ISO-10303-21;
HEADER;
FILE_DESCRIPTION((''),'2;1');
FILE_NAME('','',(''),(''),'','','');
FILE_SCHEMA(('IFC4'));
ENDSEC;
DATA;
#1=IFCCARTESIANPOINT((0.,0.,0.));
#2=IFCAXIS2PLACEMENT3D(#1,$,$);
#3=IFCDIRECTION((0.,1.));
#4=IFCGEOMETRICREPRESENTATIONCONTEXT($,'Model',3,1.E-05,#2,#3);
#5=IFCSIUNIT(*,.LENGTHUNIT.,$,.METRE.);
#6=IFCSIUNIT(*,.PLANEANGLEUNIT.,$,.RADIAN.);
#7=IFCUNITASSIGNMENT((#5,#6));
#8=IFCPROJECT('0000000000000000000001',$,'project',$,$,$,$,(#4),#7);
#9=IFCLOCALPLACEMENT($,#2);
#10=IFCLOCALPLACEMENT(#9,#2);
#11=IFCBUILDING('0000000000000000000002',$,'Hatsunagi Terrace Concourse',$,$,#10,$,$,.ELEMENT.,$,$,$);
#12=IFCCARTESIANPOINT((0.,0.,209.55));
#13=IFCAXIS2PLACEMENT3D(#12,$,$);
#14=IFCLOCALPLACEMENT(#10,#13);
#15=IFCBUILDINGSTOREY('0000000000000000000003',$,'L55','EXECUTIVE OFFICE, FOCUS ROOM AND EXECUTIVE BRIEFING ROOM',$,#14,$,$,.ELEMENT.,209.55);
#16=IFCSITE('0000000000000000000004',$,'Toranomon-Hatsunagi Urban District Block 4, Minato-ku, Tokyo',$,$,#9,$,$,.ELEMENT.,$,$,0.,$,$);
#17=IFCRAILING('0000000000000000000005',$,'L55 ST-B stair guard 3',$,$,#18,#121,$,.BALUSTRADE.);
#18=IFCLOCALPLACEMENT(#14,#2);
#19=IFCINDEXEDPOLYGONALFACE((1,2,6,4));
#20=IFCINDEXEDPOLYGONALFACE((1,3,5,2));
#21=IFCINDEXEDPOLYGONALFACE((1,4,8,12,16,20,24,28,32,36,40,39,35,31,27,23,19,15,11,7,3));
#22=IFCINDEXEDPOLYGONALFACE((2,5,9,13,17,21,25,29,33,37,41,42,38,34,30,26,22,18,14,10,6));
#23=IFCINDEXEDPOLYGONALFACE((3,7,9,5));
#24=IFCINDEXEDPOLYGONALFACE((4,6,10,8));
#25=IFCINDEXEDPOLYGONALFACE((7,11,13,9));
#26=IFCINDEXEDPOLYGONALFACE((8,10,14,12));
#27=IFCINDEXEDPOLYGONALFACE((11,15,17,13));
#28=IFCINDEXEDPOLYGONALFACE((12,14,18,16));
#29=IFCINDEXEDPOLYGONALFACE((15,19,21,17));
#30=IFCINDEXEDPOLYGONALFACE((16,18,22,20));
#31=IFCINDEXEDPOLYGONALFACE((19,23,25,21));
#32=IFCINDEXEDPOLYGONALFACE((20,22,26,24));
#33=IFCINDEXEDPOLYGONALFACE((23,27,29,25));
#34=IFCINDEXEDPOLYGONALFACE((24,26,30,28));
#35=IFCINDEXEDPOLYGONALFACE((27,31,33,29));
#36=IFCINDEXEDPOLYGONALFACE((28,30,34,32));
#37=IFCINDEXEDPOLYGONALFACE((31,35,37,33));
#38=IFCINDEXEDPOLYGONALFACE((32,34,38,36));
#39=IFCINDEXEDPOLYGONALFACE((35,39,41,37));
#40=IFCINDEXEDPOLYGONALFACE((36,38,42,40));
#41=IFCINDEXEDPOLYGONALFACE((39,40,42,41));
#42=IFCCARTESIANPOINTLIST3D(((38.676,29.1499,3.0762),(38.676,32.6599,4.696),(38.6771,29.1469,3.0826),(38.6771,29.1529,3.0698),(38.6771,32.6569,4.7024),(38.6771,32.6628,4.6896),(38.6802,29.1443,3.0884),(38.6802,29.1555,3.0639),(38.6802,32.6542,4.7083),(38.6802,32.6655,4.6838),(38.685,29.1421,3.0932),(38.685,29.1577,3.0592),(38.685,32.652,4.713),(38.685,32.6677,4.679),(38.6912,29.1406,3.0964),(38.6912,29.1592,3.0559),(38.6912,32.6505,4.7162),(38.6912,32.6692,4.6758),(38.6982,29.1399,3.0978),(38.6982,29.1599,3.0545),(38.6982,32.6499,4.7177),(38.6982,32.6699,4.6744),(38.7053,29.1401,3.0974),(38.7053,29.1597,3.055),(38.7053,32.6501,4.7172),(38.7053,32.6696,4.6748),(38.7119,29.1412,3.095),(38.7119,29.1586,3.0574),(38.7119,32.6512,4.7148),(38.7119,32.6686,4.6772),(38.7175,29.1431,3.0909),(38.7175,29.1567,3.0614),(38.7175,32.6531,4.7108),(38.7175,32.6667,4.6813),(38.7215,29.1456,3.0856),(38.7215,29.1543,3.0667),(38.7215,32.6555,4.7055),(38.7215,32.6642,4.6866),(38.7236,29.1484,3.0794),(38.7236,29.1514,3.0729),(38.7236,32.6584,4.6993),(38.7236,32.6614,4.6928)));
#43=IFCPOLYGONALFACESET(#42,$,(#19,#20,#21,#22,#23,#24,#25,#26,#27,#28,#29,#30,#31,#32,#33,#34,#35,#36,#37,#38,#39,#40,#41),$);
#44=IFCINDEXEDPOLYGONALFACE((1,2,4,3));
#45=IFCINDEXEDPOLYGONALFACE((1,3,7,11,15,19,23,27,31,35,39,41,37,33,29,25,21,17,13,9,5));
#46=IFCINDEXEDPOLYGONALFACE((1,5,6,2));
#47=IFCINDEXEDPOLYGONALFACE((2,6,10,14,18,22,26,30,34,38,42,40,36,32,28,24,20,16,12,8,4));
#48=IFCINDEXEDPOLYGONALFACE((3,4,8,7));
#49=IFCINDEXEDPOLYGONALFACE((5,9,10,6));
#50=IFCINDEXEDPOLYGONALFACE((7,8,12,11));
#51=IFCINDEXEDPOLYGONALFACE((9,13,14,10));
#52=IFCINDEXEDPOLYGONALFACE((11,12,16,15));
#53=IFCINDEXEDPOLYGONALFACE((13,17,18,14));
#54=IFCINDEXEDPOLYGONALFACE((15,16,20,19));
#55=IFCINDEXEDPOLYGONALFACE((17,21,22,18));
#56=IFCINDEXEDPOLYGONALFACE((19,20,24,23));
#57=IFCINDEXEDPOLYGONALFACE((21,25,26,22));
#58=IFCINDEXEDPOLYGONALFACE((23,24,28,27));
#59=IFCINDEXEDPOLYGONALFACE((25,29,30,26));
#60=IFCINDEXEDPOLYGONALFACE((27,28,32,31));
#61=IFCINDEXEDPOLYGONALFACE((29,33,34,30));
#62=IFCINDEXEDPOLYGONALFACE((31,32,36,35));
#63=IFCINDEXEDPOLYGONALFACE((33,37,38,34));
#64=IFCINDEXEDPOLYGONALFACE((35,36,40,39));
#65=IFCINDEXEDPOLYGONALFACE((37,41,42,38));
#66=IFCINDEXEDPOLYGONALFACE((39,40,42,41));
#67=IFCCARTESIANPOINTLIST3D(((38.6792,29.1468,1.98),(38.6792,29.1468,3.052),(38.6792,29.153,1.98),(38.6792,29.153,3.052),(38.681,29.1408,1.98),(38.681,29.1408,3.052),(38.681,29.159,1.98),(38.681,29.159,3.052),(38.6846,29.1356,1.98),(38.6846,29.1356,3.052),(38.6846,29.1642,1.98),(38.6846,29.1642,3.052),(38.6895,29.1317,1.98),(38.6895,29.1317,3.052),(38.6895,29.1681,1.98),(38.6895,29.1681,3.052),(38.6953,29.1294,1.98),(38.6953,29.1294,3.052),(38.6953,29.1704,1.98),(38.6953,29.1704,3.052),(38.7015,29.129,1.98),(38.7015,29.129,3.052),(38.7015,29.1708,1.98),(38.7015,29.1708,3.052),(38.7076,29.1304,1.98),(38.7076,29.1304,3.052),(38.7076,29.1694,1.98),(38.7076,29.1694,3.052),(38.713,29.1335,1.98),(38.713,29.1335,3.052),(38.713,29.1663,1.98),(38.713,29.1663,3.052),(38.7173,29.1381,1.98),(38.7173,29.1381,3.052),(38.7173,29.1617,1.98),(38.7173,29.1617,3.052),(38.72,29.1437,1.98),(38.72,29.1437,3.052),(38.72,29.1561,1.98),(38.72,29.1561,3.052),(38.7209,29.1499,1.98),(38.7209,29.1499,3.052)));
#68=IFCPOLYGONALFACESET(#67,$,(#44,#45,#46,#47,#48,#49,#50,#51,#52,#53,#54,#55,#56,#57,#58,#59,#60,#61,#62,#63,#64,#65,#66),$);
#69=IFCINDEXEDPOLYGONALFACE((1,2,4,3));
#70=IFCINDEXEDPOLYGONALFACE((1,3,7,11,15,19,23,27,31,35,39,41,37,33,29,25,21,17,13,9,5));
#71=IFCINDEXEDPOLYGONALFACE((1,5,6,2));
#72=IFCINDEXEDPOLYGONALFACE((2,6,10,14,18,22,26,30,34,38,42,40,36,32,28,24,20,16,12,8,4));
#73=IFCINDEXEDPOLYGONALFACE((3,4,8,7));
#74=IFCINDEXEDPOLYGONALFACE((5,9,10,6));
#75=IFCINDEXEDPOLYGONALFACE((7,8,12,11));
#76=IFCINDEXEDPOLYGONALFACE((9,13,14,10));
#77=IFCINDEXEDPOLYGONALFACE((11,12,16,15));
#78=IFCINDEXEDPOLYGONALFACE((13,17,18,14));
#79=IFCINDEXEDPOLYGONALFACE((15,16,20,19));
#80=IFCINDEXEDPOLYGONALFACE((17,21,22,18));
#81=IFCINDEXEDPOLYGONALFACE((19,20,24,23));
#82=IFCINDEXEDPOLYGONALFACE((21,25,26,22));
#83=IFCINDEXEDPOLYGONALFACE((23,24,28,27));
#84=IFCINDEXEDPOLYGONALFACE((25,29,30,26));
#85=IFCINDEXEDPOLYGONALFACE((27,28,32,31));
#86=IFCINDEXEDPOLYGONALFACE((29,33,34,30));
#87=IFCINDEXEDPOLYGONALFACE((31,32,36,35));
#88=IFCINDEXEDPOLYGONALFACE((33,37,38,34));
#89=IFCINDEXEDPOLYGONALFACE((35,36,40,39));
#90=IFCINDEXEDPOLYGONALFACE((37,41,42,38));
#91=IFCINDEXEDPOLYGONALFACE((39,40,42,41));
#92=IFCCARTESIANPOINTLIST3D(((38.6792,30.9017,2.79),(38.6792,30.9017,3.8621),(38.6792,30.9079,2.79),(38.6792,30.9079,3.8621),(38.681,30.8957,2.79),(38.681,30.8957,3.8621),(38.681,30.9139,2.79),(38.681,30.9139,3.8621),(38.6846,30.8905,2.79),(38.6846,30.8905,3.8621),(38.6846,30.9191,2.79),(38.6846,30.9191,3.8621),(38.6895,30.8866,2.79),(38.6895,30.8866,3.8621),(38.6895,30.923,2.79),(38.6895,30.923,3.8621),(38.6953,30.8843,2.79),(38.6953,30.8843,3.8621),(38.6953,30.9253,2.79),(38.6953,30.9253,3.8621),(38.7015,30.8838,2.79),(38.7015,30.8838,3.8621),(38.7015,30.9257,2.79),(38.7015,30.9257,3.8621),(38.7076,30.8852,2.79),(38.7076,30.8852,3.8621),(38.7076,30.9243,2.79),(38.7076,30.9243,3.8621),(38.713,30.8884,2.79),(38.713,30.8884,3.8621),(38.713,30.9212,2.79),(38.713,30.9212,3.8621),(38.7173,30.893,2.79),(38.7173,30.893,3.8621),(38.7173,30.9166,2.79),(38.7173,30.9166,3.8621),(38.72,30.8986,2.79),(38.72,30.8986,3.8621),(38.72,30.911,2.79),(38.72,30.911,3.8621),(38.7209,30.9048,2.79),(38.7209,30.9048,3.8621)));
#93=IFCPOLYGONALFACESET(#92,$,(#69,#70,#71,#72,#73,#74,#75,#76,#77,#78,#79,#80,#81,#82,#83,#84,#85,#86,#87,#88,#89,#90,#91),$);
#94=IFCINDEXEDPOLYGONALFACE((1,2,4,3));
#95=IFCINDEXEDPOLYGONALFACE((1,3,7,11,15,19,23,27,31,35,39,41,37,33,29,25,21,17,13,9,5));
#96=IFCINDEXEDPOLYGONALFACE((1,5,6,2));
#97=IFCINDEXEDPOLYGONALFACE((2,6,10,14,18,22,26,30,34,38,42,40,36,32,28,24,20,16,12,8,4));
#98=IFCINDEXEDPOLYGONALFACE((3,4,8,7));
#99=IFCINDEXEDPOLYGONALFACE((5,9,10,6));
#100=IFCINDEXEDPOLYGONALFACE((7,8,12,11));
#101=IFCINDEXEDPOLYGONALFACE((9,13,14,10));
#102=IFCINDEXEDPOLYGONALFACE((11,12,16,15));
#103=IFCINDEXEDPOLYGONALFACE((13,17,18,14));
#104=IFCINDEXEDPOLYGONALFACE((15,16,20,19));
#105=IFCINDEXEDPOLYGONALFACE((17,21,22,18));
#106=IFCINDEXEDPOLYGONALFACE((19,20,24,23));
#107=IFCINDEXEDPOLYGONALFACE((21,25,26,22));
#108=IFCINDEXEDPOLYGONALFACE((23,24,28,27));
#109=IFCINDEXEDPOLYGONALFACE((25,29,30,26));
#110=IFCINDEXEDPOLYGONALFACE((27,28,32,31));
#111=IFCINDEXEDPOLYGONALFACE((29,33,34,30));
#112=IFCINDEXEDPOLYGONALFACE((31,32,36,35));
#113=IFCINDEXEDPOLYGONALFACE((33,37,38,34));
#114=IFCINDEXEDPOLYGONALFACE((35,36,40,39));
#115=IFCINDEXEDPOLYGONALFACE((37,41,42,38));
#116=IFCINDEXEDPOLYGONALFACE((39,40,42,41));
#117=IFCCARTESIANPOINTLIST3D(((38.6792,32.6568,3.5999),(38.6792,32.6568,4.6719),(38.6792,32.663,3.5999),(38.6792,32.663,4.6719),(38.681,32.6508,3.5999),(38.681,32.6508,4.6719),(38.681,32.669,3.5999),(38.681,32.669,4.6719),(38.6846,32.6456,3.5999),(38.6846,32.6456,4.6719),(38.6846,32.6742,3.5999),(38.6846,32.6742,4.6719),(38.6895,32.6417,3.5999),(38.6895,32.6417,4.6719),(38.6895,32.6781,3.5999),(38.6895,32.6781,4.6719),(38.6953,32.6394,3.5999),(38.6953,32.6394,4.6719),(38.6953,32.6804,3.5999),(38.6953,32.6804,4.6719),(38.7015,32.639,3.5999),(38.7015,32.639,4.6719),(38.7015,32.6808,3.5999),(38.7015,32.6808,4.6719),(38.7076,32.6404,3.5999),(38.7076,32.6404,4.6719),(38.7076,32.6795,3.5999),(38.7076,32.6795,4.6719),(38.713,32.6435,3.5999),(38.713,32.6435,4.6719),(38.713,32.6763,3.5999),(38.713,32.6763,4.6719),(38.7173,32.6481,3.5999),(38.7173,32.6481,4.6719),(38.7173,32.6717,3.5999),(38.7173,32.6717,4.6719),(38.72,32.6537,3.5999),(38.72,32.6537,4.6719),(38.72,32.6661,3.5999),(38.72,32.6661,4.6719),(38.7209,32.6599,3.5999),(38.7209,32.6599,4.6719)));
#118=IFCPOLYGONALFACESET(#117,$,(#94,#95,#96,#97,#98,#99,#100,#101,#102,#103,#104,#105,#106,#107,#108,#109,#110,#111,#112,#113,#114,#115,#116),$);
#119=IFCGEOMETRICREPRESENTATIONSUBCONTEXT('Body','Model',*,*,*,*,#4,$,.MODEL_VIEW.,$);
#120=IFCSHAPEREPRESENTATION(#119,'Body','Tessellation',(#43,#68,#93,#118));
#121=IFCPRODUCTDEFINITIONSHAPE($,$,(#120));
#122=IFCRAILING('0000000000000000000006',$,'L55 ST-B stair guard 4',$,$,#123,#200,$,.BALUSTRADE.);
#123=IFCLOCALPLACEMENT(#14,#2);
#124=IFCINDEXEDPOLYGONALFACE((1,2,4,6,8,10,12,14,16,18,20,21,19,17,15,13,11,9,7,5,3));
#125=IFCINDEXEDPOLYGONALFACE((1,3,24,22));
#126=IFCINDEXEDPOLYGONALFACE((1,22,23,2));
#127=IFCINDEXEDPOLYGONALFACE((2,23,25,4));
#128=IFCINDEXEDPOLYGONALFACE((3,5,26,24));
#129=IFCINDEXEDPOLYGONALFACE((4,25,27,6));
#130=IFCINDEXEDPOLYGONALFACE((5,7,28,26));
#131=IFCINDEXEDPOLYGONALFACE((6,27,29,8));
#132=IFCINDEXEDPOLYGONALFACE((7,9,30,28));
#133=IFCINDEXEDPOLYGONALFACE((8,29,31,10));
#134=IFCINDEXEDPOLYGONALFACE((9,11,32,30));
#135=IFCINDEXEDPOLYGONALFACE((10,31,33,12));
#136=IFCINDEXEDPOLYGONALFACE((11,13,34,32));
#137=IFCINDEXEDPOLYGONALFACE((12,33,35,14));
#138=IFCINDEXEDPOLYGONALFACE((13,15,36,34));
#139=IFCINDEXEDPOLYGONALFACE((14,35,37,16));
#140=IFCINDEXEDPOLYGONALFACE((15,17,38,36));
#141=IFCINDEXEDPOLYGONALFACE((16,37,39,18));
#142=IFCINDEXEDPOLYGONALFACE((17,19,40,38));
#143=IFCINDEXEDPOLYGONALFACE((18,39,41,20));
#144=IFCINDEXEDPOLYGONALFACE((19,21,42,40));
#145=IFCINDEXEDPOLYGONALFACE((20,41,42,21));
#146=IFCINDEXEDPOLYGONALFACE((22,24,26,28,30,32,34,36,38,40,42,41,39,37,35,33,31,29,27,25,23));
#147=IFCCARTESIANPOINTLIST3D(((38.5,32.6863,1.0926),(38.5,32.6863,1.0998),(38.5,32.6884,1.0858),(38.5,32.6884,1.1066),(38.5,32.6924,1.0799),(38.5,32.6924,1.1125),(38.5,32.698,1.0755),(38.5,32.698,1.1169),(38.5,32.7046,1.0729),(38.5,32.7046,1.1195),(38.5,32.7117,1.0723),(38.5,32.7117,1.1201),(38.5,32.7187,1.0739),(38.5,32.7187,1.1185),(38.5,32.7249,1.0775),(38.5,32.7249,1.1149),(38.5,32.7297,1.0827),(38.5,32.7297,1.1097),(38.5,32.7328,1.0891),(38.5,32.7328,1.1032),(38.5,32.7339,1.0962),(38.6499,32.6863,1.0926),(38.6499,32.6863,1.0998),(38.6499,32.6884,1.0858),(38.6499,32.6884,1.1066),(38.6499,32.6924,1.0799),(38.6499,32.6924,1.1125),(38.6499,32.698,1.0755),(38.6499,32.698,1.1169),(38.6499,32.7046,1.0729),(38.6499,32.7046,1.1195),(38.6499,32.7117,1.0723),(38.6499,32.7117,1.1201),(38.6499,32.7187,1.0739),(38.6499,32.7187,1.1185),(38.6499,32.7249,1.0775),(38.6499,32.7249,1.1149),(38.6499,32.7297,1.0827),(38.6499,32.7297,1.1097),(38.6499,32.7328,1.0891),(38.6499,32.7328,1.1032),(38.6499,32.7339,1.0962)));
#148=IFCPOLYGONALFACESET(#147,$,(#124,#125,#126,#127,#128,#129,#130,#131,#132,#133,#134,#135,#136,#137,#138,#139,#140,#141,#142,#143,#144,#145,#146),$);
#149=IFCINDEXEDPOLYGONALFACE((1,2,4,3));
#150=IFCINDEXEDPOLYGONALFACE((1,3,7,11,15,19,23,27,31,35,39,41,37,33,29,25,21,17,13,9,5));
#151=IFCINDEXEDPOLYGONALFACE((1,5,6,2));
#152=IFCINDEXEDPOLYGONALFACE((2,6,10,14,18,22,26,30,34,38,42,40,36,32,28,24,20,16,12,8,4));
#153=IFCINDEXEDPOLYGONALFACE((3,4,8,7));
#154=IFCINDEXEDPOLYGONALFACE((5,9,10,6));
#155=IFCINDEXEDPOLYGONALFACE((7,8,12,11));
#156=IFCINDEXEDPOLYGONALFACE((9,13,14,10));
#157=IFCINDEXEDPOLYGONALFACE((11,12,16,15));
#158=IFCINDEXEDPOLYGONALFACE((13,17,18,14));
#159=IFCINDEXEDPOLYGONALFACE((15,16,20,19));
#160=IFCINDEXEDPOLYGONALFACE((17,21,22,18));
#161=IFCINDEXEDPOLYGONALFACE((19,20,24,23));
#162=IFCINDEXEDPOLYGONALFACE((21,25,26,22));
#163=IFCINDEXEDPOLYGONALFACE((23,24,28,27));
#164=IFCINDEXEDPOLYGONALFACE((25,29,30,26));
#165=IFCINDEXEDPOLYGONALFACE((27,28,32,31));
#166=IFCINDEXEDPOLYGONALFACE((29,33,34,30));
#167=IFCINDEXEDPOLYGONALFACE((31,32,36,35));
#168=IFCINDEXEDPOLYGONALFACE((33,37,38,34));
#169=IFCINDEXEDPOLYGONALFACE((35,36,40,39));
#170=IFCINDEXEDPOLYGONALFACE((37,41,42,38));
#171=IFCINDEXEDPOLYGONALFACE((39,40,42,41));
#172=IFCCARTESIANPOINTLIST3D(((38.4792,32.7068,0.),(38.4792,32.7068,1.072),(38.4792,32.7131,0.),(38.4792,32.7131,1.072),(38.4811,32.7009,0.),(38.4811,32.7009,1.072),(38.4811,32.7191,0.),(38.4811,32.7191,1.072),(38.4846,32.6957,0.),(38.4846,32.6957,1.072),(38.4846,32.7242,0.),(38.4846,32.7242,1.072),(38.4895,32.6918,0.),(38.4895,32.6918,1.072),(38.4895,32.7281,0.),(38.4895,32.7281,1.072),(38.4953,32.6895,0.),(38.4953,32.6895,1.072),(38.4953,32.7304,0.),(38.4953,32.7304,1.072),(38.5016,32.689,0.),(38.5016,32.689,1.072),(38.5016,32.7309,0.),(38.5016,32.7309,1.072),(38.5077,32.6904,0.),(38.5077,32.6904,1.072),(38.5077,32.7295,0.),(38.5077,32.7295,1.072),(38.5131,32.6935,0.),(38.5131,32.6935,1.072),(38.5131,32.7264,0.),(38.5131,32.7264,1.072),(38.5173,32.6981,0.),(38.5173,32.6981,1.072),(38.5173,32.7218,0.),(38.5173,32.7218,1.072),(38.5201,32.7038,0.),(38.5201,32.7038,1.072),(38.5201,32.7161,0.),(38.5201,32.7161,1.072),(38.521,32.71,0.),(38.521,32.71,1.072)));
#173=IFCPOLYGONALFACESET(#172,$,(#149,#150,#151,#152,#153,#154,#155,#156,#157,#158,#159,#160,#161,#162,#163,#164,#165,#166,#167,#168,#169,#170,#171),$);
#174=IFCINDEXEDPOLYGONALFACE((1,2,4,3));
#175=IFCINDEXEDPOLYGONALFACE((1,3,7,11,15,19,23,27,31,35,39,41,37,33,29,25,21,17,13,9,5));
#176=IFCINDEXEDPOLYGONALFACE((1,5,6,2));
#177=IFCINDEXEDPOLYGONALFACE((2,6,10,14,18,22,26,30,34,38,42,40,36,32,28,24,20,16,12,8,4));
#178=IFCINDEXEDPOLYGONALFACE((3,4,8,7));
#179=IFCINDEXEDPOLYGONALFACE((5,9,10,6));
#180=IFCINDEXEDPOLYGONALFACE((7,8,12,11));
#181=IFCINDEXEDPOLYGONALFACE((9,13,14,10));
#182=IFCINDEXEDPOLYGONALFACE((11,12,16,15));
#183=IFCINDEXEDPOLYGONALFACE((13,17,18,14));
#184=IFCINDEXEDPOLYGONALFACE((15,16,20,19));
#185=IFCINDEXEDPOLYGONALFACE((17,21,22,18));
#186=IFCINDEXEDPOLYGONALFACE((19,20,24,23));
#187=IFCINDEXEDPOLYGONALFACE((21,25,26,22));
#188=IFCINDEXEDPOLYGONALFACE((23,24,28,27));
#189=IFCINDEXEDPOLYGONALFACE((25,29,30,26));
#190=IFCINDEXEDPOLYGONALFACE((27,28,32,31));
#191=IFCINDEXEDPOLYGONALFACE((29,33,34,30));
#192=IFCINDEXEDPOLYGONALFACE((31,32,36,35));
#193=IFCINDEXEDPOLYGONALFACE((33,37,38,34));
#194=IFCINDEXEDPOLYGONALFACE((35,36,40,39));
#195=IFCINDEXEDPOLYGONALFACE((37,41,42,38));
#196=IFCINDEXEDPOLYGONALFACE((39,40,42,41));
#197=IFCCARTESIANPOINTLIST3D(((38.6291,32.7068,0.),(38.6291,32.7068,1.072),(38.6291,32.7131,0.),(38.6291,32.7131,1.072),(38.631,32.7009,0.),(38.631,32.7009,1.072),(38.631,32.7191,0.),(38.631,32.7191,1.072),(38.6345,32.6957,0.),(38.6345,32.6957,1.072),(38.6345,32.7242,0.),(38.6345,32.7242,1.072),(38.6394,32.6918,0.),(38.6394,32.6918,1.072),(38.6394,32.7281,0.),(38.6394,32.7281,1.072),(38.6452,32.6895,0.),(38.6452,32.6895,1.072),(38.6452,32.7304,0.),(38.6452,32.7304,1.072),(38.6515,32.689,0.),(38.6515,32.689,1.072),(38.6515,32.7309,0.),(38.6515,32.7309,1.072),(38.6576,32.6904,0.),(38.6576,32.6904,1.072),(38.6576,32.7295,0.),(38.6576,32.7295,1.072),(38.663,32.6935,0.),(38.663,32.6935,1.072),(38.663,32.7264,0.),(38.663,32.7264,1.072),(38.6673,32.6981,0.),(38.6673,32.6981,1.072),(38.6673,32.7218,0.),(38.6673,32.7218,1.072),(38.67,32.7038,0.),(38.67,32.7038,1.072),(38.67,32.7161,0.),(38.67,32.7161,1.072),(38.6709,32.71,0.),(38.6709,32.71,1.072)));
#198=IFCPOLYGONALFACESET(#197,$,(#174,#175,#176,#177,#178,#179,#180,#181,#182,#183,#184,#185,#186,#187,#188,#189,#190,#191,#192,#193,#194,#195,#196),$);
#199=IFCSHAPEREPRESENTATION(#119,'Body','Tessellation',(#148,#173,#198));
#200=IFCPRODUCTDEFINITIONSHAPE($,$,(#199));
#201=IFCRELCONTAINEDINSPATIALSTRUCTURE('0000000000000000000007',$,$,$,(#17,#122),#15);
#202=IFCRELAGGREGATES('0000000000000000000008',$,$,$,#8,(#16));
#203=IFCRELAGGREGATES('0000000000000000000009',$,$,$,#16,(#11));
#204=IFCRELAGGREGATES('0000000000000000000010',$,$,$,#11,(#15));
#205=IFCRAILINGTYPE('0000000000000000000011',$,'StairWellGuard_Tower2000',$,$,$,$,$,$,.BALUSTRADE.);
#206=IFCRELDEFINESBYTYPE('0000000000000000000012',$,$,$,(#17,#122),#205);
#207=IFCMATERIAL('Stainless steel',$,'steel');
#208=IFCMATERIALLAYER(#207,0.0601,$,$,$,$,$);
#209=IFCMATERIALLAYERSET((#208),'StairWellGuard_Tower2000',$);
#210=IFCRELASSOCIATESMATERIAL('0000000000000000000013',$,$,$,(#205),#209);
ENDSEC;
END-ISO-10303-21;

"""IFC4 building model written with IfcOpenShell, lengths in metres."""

from ifc_helpers import new_model, si_unit, direction, frame, origin, origin_2d, place, context, subcontext, project, spatial, circle, extrude, material, layer, layer_set, type_object, element, save


model = new_model("IFC4")

# Units and contexts
model_context = context("Model", 3, precision=1e-05, world=origin(), true_north=direction((0.0, 1.0)))
body_context = subcontext(model_context, "Body", "Model", "MODEL_VIEW")
ifc_project = project(units=[si_unit("LENGTHUNIT", "METRE"), si_unit("PLANEANGLEUNIT", "RADIAN")], contexts=[model_context])

# Site, building, storey
site_placement = place(None, origin())
site = spatial("IfcSite", under=ifc_project, at=site_placement, Name="Toranomon-Hatsunagi Urban District Block 4, Minato-ku, Tokyo", CompositionType="ELEMENT", RefElevation=0.0)
building_placement = place(site_placement, origin())
building = spatial("IfcBuilding", under=site, at=building_placement, Name="Hatsunagi Terrace Concourse", CompositionType="ELEMENT")
storey_placement = place(building_placement, frame((0.0, 0.0, 209.55)))
storey = spatial("IfcBuildingStorey", under=building, at=storey_placement, Name="L55", Description="EXECUTIVE OFFICE, FOCUS ROOM AND EXECUTIVE BRIEFING ROOM", CompositionType="ELEMENT", Elevation=209.55)

# Railings
ifc_material_1 = material(Name="Stainless steel", Category="steel")
ifc_layer_1 = layer(ifc_material_1, 0.0601)
ifc_layer_set_1 = layer_set([ifc_layer_1], Name="StairWellGuard_Tower2000")
railing_type_1 = type_object("IfcRailingType", Name="StairWellGuard_Tower2000", PredefinedType="BALUSTRADE", material=ifc_layer_set_1)
railing_1_placement = place(storey_placement, frame((38.7, 29.1499, 1.98)))
element("IfcRailing", 1, at=railing_1_placement, inside=storey, type_object=railing_type_1, Name="L55 ST-B stair guard 3", PredefinedType="BALUSTRADE", context=body_context, shape_type="SweptSolid", body=[
    extrude(circle(Radius=0.0239, at=origin_2d()), frame((0.0, 0.0, 1.0962), z_axis=(0.0, 0.907972, 0.41903), x_axis=(-1.0, 0.0, 0.0)), (0.0, 0.0, 1.0), 3.8657),
    extrude(circle(Radius=0.021, at=origin_2d()), origin(), (0.0, 0.0, 1.0), 1.072),
    extrude(circle(Radius=0.021, at=origin_2d()), frame((0.0, 1.7549, 0.8101)), (0.0, 0.0, 1.0), 1.072),
    extrude(circle(Radius=0.021, at=origin_2d()), frame((0.0, 3.51, 1.6199)), (0.0, 0.0, 1.0), 1.072),
])
railing_2_placement = place(storey_placement, frame((38.5, 32.71, 0.0)))
element("IfcRailing", 2, at=railing_2_placement, inside=storey, type_object=railing_type_1, Name="L55 ST-B stair guard 4", PredefinedType="BALUSTRADE", context=body_context, shape_type="SweptSolid", body=[
    extrude(circle(Radius=0.0239, at=origin_2d()), frame((0.0, 0.0, 1.0962), z_axis=(1.0, 0.0, 0.0), x_axis=(0.0, 1.0, 0.0)), (0.0, 0.0, 1.0), 0.1499),
    extrude(circle(Radius=0.021, at=origin_2d()), origin(), (0.0, 0.0, 1.0), 1.072),
    extrude(circle(Radius=0.021, at=origin_2d()), frame((0.1499, 0.0, 0.0)), (0.0, 0.0, 1.0), 1.072),
])

save(model, "model.ifc")
